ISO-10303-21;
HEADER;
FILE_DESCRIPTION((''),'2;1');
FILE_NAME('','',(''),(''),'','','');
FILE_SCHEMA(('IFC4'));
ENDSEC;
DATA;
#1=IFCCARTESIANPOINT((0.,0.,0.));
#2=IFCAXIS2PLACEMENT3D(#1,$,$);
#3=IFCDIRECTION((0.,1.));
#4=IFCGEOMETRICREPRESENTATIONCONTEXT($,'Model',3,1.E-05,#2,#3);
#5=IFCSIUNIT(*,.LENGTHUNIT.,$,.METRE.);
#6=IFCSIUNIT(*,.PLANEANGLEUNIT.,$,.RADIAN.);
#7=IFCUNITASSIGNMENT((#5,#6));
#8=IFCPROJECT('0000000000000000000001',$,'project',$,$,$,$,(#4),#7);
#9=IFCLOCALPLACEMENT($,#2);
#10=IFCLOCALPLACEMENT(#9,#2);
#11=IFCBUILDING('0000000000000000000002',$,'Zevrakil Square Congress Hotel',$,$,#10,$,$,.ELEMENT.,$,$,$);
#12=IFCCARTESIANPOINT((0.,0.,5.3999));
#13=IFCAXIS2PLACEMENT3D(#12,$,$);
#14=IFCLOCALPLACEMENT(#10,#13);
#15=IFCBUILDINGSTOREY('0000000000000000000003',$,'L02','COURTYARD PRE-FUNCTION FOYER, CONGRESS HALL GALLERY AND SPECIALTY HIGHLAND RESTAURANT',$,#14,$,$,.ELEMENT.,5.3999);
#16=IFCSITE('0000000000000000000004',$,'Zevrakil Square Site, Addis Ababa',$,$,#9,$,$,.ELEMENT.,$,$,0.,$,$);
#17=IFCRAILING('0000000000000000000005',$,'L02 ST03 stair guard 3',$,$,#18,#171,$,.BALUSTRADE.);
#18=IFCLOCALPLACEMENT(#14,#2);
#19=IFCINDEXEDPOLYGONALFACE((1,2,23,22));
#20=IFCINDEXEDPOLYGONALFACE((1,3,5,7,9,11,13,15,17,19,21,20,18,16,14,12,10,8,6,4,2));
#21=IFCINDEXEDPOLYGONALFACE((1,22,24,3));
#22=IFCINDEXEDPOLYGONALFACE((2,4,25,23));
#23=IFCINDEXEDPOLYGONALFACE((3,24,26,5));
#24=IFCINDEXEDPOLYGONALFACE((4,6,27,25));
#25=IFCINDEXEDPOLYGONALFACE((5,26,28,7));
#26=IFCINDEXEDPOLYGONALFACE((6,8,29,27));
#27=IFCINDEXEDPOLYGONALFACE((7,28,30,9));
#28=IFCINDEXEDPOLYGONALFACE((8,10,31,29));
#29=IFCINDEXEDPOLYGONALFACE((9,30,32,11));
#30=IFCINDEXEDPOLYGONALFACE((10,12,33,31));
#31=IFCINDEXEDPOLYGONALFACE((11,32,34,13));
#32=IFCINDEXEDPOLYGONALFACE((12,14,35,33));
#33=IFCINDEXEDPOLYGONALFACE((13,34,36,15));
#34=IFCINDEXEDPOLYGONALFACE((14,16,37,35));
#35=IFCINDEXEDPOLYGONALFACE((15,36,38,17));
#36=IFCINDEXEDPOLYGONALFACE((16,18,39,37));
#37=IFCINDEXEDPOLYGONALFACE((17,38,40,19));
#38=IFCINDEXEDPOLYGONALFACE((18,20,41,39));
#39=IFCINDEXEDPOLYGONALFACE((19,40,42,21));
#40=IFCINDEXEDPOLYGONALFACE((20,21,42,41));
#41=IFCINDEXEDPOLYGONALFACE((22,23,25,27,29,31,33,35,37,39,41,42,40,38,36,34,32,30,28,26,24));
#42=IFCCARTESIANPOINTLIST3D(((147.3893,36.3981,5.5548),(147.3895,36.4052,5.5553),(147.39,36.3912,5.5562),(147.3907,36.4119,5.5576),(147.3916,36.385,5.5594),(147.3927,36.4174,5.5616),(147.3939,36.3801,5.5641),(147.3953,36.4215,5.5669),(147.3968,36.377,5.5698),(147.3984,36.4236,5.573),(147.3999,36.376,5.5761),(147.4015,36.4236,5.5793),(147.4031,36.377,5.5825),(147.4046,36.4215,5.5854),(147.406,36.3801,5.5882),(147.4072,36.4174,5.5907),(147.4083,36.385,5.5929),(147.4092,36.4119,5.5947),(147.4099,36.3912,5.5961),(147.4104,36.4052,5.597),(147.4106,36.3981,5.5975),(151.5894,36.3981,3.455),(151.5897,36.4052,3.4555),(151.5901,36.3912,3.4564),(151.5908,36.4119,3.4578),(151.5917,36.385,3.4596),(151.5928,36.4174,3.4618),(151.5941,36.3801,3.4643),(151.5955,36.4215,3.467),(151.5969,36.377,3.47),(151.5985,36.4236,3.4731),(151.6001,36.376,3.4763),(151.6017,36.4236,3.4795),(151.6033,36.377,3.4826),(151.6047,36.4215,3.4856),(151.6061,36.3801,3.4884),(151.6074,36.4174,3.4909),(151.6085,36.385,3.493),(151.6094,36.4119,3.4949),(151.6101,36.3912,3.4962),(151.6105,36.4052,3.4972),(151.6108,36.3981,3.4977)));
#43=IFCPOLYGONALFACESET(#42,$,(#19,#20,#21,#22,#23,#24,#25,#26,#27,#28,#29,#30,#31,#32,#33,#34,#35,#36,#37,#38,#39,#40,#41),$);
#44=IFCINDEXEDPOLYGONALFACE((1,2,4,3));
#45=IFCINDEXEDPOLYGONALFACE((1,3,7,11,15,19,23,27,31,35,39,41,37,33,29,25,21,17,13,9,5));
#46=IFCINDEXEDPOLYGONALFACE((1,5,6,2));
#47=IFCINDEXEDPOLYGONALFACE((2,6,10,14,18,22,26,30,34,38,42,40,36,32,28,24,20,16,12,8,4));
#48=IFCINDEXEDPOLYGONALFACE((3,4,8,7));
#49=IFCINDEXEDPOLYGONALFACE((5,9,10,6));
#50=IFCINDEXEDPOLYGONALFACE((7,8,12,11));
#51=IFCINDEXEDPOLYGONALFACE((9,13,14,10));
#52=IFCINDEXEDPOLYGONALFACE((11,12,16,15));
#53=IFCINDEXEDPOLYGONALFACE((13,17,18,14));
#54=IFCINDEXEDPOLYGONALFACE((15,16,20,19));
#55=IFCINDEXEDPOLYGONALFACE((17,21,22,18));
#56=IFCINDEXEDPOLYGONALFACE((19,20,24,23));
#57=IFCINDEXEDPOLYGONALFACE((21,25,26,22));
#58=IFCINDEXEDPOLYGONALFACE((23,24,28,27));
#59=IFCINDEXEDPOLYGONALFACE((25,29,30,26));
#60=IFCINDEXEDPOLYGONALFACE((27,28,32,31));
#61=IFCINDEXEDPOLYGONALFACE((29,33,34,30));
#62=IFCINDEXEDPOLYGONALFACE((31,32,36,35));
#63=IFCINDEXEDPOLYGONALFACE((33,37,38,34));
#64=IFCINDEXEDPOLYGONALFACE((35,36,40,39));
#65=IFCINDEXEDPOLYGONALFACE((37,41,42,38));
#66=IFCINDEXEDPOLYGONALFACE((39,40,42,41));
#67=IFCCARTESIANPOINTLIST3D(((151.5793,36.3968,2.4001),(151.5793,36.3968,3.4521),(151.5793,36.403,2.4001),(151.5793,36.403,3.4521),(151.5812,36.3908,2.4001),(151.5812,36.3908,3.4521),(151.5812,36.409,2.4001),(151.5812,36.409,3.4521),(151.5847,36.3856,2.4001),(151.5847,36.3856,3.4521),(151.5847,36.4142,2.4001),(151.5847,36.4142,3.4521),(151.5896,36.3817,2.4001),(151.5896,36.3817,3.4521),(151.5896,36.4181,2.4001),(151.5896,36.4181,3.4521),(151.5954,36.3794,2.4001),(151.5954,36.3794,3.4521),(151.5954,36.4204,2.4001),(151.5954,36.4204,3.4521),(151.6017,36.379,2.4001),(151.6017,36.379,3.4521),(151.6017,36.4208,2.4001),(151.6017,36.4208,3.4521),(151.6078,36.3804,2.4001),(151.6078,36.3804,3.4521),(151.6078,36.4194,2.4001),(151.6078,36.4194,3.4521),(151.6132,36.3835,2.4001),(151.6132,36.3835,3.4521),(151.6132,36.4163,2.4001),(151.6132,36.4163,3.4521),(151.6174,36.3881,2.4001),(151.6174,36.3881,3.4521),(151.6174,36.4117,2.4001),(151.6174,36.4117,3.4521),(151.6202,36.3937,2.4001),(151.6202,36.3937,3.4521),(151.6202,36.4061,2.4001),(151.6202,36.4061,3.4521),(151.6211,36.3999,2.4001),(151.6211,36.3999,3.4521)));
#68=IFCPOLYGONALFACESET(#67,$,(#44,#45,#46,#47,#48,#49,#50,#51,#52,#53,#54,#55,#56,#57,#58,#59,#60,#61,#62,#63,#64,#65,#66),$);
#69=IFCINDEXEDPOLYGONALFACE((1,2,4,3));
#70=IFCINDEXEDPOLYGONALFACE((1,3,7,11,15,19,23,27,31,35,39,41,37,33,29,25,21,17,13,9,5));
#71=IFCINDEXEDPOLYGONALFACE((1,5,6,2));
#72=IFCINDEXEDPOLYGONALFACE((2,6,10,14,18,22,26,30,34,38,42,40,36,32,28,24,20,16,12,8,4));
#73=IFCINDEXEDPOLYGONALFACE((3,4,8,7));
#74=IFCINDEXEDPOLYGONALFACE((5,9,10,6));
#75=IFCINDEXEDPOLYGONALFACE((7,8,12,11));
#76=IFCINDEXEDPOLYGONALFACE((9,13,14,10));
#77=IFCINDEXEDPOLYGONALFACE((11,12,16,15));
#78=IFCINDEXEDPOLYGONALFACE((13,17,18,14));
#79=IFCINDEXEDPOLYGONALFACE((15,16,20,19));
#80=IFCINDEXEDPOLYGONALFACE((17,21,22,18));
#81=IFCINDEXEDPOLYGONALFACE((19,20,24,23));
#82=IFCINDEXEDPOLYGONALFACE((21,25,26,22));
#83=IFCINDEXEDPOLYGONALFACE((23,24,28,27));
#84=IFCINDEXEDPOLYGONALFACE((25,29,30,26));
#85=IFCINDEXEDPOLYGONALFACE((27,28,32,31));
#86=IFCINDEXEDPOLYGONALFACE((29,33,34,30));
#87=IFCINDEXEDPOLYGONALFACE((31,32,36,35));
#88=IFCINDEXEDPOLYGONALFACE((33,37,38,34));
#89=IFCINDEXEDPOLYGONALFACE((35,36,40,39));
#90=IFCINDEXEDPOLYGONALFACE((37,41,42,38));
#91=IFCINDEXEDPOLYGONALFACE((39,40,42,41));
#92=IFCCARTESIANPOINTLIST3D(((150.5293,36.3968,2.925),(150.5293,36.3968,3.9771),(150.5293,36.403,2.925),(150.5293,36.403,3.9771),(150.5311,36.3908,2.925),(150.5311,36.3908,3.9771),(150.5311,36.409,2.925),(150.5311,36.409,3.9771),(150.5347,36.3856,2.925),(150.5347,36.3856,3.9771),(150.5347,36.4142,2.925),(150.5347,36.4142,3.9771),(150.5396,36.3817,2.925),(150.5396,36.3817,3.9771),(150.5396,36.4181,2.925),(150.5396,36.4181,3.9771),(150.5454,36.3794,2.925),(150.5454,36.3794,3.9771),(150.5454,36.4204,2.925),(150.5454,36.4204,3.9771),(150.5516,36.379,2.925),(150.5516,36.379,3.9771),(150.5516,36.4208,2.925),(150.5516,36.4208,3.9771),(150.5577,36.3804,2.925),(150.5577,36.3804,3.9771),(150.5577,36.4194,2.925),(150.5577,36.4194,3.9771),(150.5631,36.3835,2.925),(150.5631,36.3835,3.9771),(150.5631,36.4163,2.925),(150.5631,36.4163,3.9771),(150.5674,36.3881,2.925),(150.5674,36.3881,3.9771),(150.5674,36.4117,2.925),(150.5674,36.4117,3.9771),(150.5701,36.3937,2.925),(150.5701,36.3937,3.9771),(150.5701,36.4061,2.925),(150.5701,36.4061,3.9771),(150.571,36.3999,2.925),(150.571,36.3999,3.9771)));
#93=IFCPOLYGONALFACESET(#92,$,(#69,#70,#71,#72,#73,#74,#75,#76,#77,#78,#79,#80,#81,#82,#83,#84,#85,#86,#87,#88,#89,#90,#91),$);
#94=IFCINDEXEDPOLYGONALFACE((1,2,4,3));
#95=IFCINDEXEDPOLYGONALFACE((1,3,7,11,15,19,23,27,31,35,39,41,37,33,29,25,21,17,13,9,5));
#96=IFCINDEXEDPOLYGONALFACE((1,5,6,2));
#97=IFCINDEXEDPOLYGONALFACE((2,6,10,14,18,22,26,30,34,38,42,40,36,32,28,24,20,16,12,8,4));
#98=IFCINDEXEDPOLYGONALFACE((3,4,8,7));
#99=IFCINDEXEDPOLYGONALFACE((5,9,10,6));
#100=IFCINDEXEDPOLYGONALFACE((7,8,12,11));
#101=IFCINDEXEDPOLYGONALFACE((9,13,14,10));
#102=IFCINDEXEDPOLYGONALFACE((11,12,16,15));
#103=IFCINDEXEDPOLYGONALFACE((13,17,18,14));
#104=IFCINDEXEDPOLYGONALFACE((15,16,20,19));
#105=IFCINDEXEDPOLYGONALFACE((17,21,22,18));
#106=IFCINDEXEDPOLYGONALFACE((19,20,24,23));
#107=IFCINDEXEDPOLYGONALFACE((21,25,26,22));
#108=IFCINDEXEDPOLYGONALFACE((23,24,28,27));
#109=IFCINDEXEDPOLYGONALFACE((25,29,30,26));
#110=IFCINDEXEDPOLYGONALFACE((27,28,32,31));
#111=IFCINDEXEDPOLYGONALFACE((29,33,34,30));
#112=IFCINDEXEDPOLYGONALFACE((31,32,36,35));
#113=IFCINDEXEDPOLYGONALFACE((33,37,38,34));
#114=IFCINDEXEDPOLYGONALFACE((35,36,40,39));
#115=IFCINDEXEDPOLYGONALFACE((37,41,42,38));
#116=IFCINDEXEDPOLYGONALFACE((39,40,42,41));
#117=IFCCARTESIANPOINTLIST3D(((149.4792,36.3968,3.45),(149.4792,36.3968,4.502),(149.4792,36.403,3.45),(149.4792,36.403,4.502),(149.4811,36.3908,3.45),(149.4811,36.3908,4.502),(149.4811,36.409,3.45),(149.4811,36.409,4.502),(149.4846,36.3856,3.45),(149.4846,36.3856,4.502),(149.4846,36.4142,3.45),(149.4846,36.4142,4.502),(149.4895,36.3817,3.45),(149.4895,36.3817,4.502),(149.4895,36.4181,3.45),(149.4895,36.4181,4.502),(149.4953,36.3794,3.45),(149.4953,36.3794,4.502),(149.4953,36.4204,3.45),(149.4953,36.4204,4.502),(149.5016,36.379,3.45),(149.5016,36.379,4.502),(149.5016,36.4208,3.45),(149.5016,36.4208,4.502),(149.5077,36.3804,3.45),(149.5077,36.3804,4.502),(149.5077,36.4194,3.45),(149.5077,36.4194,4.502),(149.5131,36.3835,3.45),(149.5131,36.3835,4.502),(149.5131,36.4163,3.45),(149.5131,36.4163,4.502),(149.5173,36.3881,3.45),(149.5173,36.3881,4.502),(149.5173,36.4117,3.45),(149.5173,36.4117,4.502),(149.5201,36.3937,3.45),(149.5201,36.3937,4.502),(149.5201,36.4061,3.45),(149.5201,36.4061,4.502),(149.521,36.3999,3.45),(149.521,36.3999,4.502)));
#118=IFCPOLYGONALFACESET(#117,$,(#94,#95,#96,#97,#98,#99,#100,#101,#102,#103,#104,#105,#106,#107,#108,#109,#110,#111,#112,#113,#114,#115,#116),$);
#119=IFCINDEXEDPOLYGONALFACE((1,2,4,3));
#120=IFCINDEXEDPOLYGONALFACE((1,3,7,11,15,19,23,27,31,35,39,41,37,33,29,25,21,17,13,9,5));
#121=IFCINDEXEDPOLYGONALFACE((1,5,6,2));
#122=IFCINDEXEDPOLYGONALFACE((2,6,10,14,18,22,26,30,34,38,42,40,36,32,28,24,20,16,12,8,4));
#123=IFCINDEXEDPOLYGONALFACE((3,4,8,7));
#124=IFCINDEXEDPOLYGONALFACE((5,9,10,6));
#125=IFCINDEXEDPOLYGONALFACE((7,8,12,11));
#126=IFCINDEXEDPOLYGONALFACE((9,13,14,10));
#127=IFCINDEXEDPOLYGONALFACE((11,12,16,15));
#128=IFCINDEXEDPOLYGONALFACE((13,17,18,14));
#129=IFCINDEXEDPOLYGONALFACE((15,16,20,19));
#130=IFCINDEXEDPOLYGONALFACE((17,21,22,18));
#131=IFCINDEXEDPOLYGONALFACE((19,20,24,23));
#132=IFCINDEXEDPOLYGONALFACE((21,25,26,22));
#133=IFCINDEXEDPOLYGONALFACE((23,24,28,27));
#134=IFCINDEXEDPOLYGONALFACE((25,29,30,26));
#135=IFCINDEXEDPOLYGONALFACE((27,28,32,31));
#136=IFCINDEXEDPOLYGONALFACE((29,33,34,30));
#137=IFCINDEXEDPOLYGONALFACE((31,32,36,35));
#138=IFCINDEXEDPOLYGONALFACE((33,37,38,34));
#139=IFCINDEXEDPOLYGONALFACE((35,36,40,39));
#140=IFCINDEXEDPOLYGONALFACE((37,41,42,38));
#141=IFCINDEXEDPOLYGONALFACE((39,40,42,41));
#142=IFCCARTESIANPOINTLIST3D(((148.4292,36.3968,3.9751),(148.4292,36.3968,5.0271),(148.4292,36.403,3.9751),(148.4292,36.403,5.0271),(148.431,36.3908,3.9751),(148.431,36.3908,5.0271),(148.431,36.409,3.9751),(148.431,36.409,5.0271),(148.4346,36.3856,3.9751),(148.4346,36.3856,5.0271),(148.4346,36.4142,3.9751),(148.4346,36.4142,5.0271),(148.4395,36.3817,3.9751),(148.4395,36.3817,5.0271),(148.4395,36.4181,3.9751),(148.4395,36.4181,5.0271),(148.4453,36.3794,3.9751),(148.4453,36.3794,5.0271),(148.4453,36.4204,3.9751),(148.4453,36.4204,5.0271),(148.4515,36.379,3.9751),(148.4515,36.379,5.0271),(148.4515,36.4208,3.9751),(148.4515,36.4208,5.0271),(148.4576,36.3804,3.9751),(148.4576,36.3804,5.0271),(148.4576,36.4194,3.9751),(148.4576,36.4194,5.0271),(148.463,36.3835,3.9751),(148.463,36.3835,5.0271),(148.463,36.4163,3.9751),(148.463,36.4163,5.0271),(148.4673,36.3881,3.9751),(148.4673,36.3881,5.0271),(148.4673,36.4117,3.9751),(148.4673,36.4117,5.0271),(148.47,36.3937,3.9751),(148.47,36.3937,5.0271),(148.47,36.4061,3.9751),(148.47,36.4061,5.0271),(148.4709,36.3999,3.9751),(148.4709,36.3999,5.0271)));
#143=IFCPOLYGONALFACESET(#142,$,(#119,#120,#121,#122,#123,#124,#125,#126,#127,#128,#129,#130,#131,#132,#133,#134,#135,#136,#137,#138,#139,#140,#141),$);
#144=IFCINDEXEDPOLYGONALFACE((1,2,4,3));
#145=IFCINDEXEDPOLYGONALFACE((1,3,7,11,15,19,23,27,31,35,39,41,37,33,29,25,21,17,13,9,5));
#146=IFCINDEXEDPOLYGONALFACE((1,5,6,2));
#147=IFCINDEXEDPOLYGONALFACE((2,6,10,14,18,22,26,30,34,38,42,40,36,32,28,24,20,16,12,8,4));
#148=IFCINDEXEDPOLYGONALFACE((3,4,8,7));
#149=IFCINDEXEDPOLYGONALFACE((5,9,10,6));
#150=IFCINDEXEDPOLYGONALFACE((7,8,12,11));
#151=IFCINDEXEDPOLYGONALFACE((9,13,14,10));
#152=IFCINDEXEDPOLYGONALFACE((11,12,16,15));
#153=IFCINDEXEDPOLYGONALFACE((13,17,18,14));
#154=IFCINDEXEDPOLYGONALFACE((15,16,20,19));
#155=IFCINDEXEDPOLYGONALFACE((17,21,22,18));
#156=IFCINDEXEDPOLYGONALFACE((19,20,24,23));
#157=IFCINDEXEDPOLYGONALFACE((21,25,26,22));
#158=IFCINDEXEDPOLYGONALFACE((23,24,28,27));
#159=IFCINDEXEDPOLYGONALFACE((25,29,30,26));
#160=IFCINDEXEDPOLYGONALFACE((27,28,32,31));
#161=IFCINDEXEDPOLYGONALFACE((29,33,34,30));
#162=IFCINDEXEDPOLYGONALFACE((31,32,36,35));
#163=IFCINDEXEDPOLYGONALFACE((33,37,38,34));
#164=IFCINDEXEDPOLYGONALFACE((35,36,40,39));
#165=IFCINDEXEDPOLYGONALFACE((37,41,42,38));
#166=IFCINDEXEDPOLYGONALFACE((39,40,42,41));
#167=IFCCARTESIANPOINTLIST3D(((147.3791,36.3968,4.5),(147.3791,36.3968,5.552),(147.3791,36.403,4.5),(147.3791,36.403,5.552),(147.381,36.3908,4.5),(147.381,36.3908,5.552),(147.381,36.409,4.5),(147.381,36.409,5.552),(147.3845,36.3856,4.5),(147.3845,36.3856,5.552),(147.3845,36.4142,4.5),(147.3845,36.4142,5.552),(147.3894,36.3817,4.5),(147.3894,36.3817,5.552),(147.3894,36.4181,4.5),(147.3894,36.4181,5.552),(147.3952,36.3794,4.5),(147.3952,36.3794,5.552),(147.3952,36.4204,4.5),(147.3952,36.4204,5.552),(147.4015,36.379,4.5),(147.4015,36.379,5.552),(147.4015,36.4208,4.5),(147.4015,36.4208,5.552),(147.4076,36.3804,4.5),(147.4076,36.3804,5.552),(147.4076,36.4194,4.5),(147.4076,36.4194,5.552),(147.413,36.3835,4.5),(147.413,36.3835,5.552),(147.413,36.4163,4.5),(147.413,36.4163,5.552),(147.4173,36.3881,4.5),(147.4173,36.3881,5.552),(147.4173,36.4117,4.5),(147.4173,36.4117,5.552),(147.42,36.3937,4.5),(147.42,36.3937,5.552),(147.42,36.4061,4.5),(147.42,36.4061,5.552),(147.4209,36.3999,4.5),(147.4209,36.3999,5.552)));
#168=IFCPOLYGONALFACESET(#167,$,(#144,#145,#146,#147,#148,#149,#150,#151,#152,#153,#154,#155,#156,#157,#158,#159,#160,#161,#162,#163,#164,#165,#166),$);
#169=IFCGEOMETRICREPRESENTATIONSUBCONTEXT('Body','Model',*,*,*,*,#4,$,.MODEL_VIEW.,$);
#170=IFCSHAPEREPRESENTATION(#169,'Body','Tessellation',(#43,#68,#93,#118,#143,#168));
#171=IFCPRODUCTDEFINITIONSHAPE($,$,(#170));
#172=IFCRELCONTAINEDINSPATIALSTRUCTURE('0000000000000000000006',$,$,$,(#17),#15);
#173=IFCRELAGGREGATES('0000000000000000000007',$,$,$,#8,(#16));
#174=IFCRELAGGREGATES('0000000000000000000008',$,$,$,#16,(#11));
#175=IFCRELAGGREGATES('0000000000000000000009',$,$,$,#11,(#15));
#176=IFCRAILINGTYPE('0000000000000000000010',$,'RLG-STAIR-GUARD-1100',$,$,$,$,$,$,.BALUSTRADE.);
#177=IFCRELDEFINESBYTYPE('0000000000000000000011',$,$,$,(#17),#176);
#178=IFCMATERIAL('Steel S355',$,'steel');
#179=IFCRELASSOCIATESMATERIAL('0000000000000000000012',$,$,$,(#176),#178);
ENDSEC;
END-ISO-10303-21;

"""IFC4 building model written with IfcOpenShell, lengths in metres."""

from ifc_helpers import new_model, si_unit, direction, frame, origin, origin_2d, place, context, subcontext, project, spatial, circle, extrude, material, type_object, element, save


model = new_model("IFC4")

# Units and contexts
model_context = context("Model", 3, precision=1e-05, world=origin(), true_north=direction((0.0, 1.0)))
body_context = subcontext(model_context, "Body", "Model", "MODEL_VIEW")
ifc_project = project(units=[si_unit("LENGTHUNIT", "METRE"), si_unit("PLANEANGLEUNIT", "RADIAN")], contexts=[model_context])

# Site, building, storey
site_placement = place(None, origin())
site = spatial("IfcSite", under=ifc_project, at=site_placement, Name="Zevrakil Square Site, Addis Ababa", CompositionType="ELEMENT", RefElevation=0.0)
building_placement = place(site_placement, origin())
building = spatial("IfcBuilding", under=site, at=building_placement, Name="Zevrakil Square Congress Hotel", CompositionType="ELEMENT")
storey_placement = place(building_placement, frame((0.0, 0.0, 5.3999)))
storey = spatial("IfcBuildingStorey", under=building, at=storey_placement, Name="L02", Description="COURTYARD PRE-FUNCTION FOYER, CONGRESS HALL GALLERY AND SPECIALTY HIGHLAND RESTAURANT", CompositionType="ELEMENT", Elevation=5.3999)

# Railing
ifc_material_1 = material(Name="Steel S355", Category="steel")
railing_type_1 = type_object("IfcRailingType", Name="RLG-STAIR-GUARD-1100", PredefinedType="BALUSTRADE", material=ifc_material_1)
railing_1_placement = place(storey_placement, frame((151.6001, 36.3999, 2.4001)))
element("IfcRailing", 1, at=railing_1_placement, inside=storey, type_object=railing_type_1, Name="L02 ST03 stair guard 3", PredefinedType="BALUSTRADE", context=body_context, shape_type="SweptSolid", body=[
    extrude(circle(Radius=0.0239, at=origin_2d()), frame((0.0, 0.0, 1.0762), z_axis=(-0.894448, 0.0, 0.447172), x_axis=(0.0, -1.0, 0.0)), (0.0, 0.0, 1.0), 4.6958),
    extrude(circle(Radius=0.021, at=origin_2d()), origin(), (0.0, 0.0, 1.0), 1.052),
    extrude(circle(Radius=0.021, at=origin_2d()), frame((-1.05, 0.0, 0.5249)), (0.0, 0.0, 1.0), 1.052),
    extrude(circle(Radius=0.021, at=origin_2d()), frame((-2.1001, 0.0, 1.0498)), (0.0, 0.0, 1.0), 1.052),
    extrude(circle(Radius=0.021, at=origin_2d()), frame((-3.1501, 0.0, 1.575)), (0.0, 0.0, 1.0), 1.052),
    extrude(circle(Radius=0.021, at=origin_2d()), frame((-4.2002, 0.0, 2.0999)), (0.0, 0.0, 1.0), 1.052),
])

save(model, "model.ifc")
